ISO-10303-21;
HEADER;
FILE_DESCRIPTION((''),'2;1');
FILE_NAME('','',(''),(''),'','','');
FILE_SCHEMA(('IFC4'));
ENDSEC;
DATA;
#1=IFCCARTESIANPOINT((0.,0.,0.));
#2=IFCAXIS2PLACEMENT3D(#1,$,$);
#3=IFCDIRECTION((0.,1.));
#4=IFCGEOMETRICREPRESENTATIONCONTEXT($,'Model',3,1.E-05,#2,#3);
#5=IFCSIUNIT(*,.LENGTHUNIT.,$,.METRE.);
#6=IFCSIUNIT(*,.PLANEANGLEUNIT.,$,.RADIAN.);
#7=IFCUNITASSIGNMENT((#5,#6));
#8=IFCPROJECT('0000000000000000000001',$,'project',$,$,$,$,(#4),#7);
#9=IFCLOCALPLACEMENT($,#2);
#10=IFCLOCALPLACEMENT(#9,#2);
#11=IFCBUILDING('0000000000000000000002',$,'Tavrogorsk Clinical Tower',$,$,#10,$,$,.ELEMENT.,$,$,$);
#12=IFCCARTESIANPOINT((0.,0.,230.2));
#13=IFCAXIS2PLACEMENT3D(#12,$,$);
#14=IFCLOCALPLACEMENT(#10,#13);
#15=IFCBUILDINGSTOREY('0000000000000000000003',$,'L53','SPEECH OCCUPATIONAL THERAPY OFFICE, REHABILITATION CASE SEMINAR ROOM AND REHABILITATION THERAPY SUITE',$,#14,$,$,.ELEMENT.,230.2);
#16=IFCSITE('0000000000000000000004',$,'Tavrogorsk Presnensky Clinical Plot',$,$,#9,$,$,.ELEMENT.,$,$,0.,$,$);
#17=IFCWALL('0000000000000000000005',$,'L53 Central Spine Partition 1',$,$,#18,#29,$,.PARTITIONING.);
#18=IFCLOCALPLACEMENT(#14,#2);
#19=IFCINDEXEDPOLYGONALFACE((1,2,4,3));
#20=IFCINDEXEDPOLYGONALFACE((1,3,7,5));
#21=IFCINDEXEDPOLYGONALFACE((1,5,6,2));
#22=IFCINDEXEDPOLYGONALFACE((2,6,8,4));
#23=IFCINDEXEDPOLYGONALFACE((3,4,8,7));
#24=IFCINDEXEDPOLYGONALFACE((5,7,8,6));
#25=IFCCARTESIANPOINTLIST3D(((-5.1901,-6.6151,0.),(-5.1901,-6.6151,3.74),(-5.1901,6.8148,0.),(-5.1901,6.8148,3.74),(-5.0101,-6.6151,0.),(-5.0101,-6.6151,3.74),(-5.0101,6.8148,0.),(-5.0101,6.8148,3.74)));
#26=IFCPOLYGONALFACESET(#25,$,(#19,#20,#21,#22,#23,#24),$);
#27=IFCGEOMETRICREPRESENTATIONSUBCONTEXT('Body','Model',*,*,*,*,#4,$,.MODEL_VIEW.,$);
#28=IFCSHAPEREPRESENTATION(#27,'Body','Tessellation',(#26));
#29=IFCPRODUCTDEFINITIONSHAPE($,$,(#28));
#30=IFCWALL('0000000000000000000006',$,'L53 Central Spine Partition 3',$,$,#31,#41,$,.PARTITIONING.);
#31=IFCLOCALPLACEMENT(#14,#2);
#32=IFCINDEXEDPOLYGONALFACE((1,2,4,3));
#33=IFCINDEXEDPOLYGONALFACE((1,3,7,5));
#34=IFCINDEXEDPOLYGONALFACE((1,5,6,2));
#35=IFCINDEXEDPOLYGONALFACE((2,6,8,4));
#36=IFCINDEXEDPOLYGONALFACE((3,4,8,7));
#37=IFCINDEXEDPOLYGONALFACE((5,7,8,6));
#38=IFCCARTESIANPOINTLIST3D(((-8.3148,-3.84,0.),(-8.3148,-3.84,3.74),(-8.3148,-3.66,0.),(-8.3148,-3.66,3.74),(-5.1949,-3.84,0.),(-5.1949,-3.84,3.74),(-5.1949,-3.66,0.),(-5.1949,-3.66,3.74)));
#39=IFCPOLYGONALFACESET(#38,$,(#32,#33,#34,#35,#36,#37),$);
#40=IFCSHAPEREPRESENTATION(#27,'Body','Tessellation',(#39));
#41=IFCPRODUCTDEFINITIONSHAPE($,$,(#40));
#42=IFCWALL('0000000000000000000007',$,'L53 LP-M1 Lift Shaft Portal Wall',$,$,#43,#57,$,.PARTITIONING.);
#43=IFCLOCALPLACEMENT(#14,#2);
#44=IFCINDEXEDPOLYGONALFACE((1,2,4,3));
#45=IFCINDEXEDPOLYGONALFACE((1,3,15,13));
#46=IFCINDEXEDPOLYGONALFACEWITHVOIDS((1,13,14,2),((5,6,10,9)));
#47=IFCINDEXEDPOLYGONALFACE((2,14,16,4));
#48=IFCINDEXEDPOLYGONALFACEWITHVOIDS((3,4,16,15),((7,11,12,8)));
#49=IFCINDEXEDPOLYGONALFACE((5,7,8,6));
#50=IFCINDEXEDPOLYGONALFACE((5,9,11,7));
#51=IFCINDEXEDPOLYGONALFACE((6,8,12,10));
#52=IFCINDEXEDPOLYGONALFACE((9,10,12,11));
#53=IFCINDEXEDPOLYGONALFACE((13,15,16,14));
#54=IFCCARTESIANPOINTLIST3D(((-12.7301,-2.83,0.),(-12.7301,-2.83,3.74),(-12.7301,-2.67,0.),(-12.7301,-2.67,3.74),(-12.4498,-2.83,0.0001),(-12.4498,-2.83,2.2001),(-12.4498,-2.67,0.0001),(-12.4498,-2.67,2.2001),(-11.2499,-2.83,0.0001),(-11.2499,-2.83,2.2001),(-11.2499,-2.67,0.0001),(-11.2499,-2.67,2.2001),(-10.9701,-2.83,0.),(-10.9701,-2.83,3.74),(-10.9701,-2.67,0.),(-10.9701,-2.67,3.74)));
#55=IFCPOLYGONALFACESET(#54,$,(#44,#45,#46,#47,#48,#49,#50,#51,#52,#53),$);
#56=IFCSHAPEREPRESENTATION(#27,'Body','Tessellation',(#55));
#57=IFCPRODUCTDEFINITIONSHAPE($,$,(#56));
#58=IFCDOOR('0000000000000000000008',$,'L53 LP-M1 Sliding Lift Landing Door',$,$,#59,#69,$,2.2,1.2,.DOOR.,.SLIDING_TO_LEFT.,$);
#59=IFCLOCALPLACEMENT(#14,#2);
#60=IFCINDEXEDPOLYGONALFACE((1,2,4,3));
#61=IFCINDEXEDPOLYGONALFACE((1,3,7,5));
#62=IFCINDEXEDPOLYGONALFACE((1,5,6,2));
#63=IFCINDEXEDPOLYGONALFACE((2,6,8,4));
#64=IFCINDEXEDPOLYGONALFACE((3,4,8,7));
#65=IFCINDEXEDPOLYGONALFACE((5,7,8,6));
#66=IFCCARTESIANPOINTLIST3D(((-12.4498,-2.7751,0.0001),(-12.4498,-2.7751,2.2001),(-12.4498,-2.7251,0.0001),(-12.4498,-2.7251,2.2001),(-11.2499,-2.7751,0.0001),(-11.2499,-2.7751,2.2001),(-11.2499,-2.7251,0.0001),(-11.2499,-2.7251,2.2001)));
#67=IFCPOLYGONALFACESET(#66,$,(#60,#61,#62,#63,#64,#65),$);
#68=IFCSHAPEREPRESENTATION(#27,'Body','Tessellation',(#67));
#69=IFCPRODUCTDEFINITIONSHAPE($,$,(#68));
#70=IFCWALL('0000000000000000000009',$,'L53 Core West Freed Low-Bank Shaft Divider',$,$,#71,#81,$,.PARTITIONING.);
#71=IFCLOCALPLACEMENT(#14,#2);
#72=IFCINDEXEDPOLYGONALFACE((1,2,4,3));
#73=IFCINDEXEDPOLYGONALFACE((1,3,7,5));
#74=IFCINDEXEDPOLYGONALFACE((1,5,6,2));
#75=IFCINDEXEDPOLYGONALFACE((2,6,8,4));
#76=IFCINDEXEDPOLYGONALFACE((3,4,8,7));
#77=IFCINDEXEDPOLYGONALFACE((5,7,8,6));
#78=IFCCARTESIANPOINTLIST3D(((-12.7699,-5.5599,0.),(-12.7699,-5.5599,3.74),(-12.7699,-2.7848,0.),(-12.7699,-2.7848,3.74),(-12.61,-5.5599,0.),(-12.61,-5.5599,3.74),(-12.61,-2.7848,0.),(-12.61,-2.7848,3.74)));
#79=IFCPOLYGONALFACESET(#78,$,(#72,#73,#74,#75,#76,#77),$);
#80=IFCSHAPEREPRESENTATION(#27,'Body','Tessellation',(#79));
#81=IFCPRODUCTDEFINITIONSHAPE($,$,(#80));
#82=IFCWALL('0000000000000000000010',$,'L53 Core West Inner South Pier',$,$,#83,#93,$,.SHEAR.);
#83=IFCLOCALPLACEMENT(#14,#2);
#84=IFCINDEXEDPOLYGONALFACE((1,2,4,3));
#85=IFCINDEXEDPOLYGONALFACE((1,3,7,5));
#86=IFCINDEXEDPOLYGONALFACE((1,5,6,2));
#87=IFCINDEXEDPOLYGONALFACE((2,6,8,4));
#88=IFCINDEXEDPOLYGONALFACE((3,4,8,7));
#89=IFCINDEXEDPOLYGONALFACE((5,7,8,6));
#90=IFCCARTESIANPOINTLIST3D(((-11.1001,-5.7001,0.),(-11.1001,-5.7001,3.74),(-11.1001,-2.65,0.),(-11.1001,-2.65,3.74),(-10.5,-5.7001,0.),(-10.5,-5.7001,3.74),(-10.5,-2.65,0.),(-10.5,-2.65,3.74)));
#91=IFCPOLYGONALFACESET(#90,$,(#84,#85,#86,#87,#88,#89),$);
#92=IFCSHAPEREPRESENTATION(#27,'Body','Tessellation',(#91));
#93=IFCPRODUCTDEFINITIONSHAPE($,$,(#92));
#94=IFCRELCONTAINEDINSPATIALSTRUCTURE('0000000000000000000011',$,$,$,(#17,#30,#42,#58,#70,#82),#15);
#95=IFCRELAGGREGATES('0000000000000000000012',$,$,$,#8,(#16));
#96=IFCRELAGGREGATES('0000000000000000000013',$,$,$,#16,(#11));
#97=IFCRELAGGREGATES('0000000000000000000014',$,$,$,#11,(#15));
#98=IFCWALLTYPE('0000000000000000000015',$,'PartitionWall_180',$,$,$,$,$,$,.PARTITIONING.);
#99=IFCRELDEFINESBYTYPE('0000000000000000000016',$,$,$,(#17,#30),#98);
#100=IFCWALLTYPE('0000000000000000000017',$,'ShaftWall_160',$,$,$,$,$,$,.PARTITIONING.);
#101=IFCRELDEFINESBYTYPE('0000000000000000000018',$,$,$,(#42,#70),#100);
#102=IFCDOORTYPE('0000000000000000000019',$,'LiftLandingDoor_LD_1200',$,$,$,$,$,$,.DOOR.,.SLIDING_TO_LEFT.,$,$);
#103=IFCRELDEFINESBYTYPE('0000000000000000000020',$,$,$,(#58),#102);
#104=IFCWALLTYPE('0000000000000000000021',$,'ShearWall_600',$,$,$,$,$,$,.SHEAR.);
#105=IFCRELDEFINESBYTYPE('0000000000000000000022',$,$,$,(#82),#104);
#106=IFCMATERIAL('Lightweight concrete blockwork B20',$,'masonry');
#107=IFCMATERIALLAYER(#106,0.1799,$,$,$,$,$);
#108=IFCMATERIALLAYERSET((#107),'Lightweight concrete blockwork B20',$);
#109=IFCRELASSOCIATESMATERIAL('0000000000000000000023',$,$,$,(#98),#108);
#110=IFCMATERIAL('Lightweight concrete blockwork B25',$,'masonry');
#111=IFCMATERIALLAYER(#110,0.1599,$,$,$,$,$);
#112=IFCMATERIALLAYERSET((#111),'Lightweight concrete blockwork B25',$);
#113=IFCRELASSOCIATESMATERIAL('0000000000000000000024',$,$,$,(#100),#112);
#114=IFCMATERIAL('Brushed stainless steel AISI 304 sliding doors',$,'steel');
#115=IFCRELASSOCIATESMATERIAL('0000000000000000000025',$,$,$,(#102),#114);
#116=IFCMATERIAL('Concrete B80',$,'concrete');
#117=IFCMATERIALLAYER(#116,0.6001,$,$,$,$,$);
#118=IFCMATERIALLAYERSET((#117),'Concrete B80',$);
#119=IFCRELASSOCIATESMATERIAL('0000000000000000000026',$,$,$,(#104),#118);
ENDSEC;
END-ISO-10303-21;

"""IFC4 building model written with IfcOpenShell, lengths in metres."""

from ifc_helpers import new_model, si_unit, direction, frame, frame_2d, origin, place, context, subcontext, project, spatial, rectangle, extrude, material, layer, layer_set, type_object, element, fill, save


model = new_model("IFC4")

# Units and contexts
model_context = context("Model", 3, precision=1e-05, world=origin(), true_north=direction((0.0, 1.0)))
body_context = subcontext(model_context, "Body", "Model", "MODEL_VIEW")
ifc_project = project(units=[si_unit("LENGTHUNIT", "METRE"), si_unit("PLANEANGLEUNIT", "RADIAN")], contexts=[model_context])

# Site, building, storey
site_placement = place(None, origin())
site = spatial("IfcSite", under=ifc_project, at=site_placement, Name="Tavrogorsk Presnensky Clinical Plot", CompositionType="ELEMENT", RefElevation=0.0)
building_placement = place(site_placement, origin())
building = spatial("IfcBuilding", under=site, at=building_placement, Name="Tavrogorsk Clinical Tower", CompositionType="ELEMENT")
storey_placement = place(building_placement, frame((0.0, 0.0, 230.2)))
storey = spatial("IfcBuildingStorey", under=building, at=storey_placement, Name="L53", Description="SPEECH OCCUPATIONAL THERAPY OFFICE, REHABILITATION CASE SEMINAR ROOM AND REHABILITATION THERAPY SUITE", CompositionType="ELEMENT", Elevation=230.2)

# Walls
ifc_material_1 = material(Name="Lightweight concrete blockwork B20", Category="masonry")
ifc_layer_1 = layer(ifc_material_1, 0.1799)
ifc_layer_set_1 = layer_set([ifc_layer_1], Name="Lightweight concrete blockwork B20")
wall_type_1 = type_object("IfcWallType", Name="PartitionWall_180", PredefinedType="PARTITIONING", material=ifc_layer_set_1)
wall_1_placement = place(storey_placement, frame((-5.1001, -6.615, 0.0), z_axis=(0.0, 0.0, 1.0), x_axis=(0.0, 1.0, 0.0)))
element("IfcWall", 1, at=wall_1_placement, inside=storey, type_object=wall_type_1, Name="L53 Central Spine Partition 1", PredefinedType="PARTITIONING", context=body_context, shape_type="SweptSolid", body=[
    extrude(rectangle(XDim=13.4299, YDim=0.1799, at=frame_2d((6.7148, 0.0))), origin(), (0.0, 0.0, 1.0), 3.74),
])
wall_2_placement = place(storey_placement, frame((-8.3149, -3.75, 0.0), z_axis=(0.0, 0.0, 1.0), x_axis=(1.0, 0.0, 0.0)))
element("IfcWall", 2, at=wall_2_placement, inside=storey, type_object=wall_type_1, Name="L53 Central Spine Partition 3", PredefinedType="PARTITIONING", context=body_context, shape_type="SweptSolid", body=[
    extrude(rectangle(XDim=3.1199, YDim=0.1799, at=frame_2d((1.5601, 0.0))), origin(), (0.0, 0.0, 1.0), 3.74),
])

# Wall, opening, door
ifc_material_2 = material(Name="Lightweight concrete blockwork B25", Category="masonry")
ifc_layer_2 = layer(ifc_material_2, 0.1599)
ifc_layer_set_2 = layer_set([ifc_layer_2], Name="Lightweight concrete blockwork B25")
wall_type_2 = type_object("IfcWallType", Name="ShaftWall_160", PredefinedType="PARTITIONING", material=ifc_layer_set_2)
wall_3_placement = place(storey_placement, frame((-12.73, -2.75, 0.0), z_axis=(0.0, 0.0, 1.0), x_axis=(1.0, 0.0, 0.0)))
wall_3 = element("IfcWall", 3, at=wall_3_placement, inside=storey, type_object=wall_type_2, Name="L53 LP-M1 Lift Shaft Portal Wall", PredefinedType="PARTITIONING", context=body_context, shape_type="SweptSolid", body=[
    extrude(rectangle(XDim=1.76, YDim=0.1599, at=frame_2d((0.8799, 0.0))), origin(), (0.0, 0.0, 1.0), 3.74),
])
opening_1_placement = place(wall_3_placement, frame((0.28, 0.0, 0.0)))
opening_1 = element("IfcOpeningElement", 4, at=opening_1_placement, cuts=wall_3, PredefinedType="OPENING", context=body_context, shape_type="SweptSolid", body=[
    extrude(rectangle(XDim=1.2, YDim=2.2, at=frame_2d((0.6001, 1.1001))), frame((0.0, 0.0898, 0.0), z_axis=(0.0, -1.0, 0.0), x_axis=(1.0, 0.0, 0.0)), (0.0, 0.0, 1.0), 0.1799),
])
ifc_material_3 = material(Name="Brushed stainless steel AISI 304 sliding doors", Category="steel")
door_type_1 = type_object("IfcDoorType", Name="LiftLandingDoor_LD_1200", OperationType="SLIDING_TO_LEFT", PredefinedType="DOOR", material=ifc_material_3)
door_1_placement = place(opening_1_placement, origin())
door_1 = element("IfcDoor", 5, at=door_1_placement, inside=storey, type_object=door_type_1, Name="L53 LP-M1 Sliding Lift Landing Door", OperationType="SLIDING_TO_LEFT", OverallHeight=2.2, OverallWidth=1.2, PredefinedType="DOOR", context=body_context, shape_type="SweptSolid", body=[
    extrude(rectangle(XDim=1.2, YDim=2.2, at=frame_2d((0.6001, 1.1001))), frame((0.0, 0.0249, 0.0), z_axis=(0.0, -1.0, 0.0), x_axis=(1.0, 0.0, 0.0)), (0.0, 0.0, 1.0), 0.05),
])
fill(opening_1, door_1)

# Walls
wall_4_placement = place(storey_placement, frame((-12.6899, -5.5601, 0.0), z_axis=(0.0, 0.0, 1.0), x_axis=(0.0, 1.0, 0.0)))
element("IfcWall", 6, at=wall_4_placement, inside=storey, type_object=wall_type_2, Name="L53 Core West Freed Low-Bank Shaft Divider", PredefinedType="PARTITIONING", context=body_context, shape_type="SweptSolid", body=[
    extrude(rectangle(XDim=2.7751, YDim=0.1599, at=frame_2d((1.3877, 0.0))), origin(), (0.0, 0.0, 1.0), 3.74),
])
ifc_material_4 = material(Name="Concrete B80", Category="concrete")
ifc_layer_3 = layer(ifc_material_4, 0.6001)
ifc_layer_set_3 = layer_set([ifc_layer_3], Name="Concrete B80")
wall_type_3 = type_object("IfcWallType", Name="ShearWall_600", PredefinedType="SHEAR", material=ifc_layer_set_3)
wall_5_placement = place(storey_placement, frame((-10.8, -5.7, 0.0), z_axis=(0.0, 0.0, 1.0), x_axis=(0.0, 1.0, 0.0)))
element("IfcWall", 7, at=wall_5_placement, inside=storey, type_object=wall_type_3, Name="L53 Core West Inner South Pier", PredefinedType="SHEAR", context=body_context, shape_type="SweptSolid", body=[
    extrude(rectangle(XDim=3.05, YDim=0.6001, at=frame_2d((1.5249, 0.0))), origin(), (0.0, 0.0, 1.0), 3.74),
])

save(model, "model.ifc")
